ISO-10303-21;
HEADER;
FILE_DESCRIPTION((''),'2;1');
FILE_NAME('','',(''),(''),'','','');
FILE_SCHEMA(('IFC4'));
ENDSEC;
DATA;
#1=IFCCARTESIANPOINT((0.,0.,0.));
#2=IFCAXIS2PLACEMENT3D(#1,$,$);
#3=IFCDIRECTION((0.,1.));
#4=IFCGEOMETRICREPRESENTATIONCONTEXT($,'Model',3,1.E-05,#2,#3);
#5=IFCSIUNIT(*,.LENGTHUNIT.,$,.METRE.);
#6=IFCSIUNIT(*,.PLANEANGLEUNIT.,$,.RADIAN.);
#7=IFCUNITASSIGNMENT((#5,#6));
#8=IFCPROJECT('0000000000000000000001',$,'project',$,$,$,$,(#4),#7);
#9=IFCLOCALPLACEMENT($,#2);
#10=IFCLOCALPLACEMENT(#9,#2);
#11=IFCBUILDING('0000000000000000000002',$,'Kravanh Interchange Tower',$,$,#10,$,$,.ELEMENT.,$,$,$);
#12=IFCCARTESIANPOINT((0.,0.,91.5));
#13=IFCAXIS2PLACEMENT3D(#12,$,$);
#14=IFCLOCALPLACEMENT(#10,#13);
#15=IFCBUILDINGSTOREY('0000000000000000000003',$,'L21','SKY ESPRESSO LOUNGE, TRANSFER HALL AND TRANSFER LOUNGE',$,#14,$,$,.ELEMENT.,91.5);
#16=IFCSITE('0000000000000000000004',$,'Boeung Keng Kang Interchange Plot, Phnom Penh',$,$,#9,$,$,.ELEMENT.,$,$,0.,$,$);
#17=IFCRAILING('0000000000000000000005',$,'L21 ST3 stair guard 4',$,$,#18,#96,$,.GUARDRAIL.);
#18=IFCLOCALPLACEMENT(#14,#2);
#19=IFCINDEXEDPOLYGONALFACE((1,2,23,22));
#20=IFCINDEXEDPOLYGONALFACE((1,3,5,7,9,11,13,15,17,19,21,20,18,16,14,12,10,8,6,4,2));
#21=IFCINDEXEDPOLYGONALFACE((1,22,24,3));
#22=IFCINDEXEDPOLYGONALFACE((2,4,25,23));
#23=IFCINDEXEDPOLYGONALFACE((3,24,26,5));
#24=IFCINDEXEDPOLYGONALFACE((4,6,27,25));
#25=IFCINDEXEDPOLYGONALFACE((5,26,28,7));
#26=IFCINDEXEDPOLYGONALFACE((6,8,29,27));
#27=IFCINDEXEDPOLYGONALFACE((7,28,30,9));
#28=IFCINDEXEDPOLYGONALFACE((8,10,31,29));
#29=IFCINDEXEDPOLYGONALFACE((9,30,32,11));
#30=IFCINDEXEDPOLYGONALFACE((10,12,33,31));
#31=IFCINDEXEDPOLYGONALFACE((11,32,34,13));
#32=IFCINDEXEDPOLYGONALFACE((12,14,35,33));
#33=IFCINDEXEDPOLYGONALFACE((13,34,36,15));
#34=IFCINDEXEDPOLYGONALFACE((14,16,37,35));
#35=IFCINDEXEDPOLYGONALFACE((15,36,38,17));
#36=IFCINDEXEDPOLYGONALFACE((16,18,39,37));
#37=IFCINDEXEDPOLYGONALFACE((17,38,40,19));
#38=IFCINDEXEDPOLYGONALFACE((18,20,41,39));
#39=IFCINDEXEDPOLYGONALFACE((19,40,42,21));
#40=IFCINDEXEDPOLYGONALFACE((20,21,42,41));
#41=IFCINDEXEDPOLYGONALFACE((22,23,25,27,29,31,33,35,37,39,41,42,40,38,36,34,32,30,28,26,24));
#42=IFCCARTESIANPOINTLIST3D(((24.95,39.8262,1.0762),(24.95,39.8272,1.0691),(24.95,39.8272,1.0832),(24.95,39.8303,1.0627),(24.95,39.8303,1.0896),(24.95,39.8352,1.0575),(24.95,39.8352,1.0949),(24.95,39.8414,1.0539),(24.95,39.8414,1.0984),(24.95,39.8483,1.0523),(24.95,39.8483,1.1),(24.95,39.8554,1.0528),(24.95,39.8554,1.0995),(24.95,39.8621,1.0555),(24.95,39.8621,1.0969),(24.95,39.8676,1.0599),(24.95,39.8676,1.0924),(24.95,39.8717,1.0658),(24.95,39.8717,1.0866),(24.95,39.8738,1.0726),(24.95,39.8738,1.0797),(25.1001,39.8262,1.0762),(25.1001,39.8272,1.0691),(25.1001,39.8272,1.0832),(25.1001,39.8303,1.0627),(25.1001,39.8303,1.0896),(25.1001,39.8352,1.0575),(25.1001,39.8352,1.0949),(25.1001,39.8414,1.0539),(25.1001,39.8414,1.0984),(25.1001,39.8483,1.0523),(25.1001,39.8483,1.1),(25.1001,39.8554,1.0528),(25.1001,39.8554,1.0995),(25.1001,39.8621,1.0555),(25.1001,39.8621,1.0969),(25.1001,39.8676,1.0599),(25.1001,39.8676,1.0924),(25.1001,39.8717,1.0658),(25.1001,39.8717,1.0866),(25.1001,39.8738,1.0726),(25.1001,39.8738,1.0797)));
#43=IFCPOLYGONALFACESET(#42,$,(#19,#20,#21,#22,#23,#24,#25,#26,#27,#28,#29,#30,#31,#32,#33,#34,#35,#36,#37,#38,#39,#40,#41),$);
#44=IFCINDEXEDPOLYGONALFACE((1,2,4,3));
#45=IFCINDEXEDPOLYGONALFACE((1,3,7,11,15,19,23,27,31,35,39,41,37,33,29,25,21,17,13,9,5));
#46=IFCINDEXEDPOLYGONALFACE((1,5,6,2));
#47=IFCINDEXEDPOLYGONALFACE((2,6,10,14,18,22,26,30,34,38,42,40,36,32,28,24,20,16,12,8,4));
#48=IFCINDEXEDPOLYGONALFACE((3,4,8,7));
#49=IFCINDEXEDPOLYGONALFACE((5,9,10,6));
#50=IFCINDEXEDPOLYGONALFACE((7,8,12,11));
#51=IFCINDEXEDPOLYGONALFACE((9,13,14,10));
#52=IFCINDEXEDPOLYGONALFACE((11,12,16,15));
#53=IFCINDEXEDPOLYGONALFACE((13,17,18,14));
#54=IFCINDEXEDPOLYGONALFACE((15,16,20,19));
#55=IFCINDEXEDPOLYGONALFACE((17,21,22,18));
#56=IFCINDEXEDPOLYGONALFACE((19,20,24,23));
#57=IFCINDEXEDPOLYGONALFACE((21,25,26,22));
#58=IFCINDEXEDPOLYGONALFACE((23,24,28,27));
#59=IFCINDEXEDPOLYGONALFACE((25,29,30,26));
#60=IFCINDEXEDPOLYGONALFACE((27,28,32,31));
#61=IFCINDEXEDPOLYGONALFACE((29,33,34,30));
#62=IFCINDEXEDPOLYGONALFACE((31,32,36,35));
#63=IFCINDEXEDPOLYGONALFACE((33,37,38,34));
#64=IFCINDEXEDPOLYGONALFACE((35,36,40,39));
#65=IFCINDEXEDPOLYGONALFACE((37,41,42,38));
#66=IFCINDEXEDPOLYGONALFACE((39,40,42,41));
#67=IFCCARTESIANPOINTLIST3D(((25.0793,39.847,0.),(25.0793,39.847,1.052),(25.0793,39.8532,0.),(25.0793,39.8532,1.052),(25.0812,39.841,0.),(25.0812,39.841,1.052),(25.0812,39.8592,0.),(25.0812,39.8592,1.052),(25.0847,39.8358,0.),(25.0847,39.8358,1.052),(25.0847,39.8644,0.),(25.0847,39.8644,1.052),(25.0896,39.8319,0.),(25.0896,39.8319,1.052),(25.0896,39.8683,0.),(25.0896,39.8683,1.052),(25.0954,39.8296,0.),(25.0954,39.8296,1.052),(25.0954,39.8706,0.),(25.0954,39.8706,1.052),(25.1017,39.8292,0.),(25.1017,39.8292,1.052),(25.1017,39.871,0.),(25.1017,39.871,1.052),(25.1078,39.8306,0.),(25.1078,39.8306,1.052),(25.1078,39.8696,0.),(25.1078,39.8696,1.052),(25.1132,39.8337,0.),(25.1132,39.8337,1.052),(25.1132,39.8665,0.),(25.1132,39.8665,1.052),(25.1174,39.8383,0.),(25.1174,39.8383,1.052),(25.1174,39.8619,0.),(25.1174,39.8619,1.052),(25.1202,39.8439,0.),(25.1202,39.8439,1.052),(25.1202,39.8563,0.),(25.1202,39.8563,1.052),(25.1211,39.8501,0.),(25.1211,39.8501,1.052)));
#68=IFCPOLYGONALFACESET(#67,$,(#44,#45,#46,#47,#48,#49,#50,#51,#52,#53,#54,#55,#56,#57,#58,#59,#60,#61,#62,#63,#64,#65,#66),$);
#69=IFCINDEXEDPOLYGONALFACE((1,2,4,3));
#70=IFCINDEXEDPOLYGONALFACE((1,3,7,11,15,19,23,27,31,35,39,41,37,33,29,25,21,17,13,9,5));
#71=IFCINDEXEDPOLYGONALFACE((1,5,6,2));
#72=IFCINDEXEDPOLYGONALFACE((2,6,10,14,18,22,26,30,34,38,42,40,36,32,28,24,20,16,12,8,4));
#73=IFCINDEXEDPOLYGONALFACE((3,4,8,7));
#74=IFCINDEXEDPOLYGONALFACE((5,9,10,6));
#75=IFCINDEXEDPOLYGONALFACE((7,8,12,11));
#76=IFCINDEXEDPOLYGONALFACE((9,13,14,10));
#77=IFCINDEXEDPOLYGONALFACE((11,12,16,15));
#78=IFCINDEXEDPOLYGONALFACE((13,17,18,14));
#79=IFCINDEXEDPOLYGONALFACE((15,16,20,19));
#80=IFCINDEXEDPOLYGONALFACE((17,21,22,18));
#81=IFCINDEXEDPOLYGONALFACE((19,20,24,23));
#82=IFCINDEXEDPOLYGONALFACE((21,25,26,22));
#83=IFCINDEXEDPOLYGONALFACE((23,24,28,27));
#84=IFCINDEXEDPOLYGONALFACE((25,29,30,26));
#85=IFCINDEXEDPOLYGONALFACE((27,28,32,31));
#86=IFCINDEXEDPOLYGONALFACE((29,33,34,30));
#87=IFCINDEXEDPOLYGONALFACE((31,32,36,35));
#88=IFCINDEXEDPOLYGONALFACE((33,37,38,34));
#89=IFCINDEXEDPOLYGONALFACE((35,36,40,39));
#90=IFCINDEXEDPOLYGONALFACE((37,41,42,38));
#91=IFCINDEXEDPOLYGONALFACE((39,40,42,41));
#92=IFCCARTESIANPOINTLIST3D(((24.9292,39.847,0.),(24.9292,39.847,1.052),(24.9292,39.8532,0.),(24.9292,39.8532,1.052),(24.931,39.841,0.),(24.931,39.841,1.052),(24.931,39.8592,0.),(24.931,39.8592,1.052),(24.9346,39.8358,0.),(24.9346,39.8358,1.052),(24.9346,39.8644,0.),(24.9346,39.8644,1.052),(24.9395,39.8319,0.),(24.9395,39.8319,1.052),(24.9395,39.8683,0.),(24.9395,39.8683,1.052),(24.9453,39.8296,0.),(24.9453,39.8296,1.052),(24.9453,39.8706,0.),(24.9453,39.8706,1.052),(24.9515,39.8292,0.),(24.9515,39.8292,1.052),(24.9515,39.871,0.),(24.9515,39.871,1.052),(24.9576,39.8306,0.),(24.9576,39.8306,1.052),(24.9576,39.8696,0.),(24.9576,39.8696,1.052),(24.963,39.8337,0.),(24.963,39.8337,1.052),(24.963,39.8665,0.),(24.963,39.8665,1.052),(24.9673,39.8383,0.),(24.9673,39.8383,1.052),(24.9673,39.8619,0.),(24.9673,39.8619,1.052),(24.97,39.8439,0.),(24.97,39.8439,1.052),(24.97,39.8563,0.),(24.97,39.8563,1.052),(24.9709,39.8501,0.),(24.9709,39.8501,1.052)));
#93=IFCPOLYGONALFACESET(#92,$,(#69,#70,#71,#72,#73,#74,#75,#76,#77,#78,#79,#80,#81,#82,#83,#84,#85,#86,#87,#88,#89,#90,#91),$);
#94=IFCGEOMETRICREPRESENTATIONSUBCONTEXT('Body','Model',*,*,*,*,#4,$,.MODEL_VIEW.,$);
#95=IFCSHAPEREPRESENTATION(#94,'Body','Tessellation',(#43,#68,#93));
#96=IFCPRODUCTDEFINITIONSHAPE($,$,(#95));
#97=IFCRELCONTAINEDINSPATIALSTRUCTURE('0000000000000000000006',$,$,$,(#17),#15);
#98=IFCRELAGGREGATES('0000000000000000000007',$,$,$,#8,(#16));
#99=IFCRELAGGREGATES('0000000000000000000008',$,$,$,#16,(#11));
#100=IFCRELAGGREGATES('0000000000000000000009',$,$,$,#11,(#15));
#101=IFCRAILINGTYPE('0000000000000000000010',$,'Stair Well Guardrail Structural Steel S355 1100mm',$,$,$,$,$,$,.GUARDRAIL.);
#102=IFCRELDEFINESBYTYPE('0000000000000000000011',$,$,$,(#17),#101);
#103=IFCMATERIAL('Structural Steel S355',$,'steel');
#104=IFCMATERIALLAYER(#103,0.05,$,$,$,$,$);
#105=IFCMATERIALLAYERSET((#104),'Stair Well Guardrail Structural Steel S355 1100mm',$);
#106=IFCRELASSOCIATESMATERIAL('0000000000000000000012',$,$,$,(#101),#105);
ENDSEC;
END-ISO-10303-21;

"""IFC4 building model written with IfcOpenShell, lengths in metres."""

from ifc_helpers import new_model, si_unit, direction, frame, origin, origin_2d, place, context, subcontext, project, spatial, circle, extrude, material, layer, layer_set, type_object, element, save


model = new_model("IFC4")

# Units and contexts
model_context = context("Model", 3, precision=1e-05, world=origin(), true_north=direction((0.0, 1.0)))
body_context = subcontext(model_context, "Body", "Model", "MODEL_VIEW")
ifc_project = project(units=[si_unit("LENGTHUNIT", "METRE"), si_unit("PLANEANGLEUNIT", "RADIAN")], contexts=[model_context])

# Site, building, storey
site_placement = place(None, origin())
site = spatial("IfcSite", under=ifc_project, at=site_placement, Name="Boeung Keng Kang Interchange Plot, Phnom Penh", CompositionType="ELEMENT", RefElevation=0.0)
building_placement = place(site_placement, origin())
building = spatial("IfcBuilding", under=site, at=building_placement, Name="Kravanh Interchange Tower", CompositionType="ELEMENT")
storey_placement = place(building_placement, frame((0.0, 0.0, 91.5)))
storey = spatial("IfcBuildingStorey", under=building, at=storey_placement, Name="L21", Description="SKY ESPRESSO LOUNGE, TRANSFER HALL AND TRANSFER LOUNGE", CompositionType="ELEMENT", Elevation=91.5)

# Railing
ifc_material_1 = material(Name="Structural Steel S355", Category="steel")
ifc_layer_1 = layer(ifc_material_1, 0.05)
ifc_layer_set_1 = layer_set([ifc_layer_1], Name="Stair Well Guardrail Structural Steel S355 1100mm")
railing_type_1 = type_object("IfcRailingType", Name="Stair Well Guardrail Structural Steel S355 1100mm", PredefinedType="GUARDRAIL", material=ifc_layer_set_1)
railing_1_placement = place(storey_placement, frame((25.1001, 39.8501, 0.0)))
element("IfcRailing", 1, at=railing_1_placement, inside=storey, type_object=railing_type_1, Name="L21 ST3 stair guard 4", PredefinedType="GUARDRAIL", context=body_context, shape_type="SweptSolid", body=[
    extrude(circle(Radius=0.0239, at=origin_2d()), frame((0.0, 0.0, 1.0762), z_axis=(-1.0, 0.0, 0.0), x_axis=(0.0, -1.0, 0.0)), (0.0, 0.0, 1.0), 0.1501),
    extrude(circle(Radius=0.021, at=origin_2d()), origin(), (0.0, 0.0, 1.0), 1.052),
    extrude(circle(Radius=0.021, at=origin_2d()), frame((-0.1501, 0.0, 0.0)), (0.0, 0.0, 1.0), 1.052),
])

save(model, "model.ifc")
